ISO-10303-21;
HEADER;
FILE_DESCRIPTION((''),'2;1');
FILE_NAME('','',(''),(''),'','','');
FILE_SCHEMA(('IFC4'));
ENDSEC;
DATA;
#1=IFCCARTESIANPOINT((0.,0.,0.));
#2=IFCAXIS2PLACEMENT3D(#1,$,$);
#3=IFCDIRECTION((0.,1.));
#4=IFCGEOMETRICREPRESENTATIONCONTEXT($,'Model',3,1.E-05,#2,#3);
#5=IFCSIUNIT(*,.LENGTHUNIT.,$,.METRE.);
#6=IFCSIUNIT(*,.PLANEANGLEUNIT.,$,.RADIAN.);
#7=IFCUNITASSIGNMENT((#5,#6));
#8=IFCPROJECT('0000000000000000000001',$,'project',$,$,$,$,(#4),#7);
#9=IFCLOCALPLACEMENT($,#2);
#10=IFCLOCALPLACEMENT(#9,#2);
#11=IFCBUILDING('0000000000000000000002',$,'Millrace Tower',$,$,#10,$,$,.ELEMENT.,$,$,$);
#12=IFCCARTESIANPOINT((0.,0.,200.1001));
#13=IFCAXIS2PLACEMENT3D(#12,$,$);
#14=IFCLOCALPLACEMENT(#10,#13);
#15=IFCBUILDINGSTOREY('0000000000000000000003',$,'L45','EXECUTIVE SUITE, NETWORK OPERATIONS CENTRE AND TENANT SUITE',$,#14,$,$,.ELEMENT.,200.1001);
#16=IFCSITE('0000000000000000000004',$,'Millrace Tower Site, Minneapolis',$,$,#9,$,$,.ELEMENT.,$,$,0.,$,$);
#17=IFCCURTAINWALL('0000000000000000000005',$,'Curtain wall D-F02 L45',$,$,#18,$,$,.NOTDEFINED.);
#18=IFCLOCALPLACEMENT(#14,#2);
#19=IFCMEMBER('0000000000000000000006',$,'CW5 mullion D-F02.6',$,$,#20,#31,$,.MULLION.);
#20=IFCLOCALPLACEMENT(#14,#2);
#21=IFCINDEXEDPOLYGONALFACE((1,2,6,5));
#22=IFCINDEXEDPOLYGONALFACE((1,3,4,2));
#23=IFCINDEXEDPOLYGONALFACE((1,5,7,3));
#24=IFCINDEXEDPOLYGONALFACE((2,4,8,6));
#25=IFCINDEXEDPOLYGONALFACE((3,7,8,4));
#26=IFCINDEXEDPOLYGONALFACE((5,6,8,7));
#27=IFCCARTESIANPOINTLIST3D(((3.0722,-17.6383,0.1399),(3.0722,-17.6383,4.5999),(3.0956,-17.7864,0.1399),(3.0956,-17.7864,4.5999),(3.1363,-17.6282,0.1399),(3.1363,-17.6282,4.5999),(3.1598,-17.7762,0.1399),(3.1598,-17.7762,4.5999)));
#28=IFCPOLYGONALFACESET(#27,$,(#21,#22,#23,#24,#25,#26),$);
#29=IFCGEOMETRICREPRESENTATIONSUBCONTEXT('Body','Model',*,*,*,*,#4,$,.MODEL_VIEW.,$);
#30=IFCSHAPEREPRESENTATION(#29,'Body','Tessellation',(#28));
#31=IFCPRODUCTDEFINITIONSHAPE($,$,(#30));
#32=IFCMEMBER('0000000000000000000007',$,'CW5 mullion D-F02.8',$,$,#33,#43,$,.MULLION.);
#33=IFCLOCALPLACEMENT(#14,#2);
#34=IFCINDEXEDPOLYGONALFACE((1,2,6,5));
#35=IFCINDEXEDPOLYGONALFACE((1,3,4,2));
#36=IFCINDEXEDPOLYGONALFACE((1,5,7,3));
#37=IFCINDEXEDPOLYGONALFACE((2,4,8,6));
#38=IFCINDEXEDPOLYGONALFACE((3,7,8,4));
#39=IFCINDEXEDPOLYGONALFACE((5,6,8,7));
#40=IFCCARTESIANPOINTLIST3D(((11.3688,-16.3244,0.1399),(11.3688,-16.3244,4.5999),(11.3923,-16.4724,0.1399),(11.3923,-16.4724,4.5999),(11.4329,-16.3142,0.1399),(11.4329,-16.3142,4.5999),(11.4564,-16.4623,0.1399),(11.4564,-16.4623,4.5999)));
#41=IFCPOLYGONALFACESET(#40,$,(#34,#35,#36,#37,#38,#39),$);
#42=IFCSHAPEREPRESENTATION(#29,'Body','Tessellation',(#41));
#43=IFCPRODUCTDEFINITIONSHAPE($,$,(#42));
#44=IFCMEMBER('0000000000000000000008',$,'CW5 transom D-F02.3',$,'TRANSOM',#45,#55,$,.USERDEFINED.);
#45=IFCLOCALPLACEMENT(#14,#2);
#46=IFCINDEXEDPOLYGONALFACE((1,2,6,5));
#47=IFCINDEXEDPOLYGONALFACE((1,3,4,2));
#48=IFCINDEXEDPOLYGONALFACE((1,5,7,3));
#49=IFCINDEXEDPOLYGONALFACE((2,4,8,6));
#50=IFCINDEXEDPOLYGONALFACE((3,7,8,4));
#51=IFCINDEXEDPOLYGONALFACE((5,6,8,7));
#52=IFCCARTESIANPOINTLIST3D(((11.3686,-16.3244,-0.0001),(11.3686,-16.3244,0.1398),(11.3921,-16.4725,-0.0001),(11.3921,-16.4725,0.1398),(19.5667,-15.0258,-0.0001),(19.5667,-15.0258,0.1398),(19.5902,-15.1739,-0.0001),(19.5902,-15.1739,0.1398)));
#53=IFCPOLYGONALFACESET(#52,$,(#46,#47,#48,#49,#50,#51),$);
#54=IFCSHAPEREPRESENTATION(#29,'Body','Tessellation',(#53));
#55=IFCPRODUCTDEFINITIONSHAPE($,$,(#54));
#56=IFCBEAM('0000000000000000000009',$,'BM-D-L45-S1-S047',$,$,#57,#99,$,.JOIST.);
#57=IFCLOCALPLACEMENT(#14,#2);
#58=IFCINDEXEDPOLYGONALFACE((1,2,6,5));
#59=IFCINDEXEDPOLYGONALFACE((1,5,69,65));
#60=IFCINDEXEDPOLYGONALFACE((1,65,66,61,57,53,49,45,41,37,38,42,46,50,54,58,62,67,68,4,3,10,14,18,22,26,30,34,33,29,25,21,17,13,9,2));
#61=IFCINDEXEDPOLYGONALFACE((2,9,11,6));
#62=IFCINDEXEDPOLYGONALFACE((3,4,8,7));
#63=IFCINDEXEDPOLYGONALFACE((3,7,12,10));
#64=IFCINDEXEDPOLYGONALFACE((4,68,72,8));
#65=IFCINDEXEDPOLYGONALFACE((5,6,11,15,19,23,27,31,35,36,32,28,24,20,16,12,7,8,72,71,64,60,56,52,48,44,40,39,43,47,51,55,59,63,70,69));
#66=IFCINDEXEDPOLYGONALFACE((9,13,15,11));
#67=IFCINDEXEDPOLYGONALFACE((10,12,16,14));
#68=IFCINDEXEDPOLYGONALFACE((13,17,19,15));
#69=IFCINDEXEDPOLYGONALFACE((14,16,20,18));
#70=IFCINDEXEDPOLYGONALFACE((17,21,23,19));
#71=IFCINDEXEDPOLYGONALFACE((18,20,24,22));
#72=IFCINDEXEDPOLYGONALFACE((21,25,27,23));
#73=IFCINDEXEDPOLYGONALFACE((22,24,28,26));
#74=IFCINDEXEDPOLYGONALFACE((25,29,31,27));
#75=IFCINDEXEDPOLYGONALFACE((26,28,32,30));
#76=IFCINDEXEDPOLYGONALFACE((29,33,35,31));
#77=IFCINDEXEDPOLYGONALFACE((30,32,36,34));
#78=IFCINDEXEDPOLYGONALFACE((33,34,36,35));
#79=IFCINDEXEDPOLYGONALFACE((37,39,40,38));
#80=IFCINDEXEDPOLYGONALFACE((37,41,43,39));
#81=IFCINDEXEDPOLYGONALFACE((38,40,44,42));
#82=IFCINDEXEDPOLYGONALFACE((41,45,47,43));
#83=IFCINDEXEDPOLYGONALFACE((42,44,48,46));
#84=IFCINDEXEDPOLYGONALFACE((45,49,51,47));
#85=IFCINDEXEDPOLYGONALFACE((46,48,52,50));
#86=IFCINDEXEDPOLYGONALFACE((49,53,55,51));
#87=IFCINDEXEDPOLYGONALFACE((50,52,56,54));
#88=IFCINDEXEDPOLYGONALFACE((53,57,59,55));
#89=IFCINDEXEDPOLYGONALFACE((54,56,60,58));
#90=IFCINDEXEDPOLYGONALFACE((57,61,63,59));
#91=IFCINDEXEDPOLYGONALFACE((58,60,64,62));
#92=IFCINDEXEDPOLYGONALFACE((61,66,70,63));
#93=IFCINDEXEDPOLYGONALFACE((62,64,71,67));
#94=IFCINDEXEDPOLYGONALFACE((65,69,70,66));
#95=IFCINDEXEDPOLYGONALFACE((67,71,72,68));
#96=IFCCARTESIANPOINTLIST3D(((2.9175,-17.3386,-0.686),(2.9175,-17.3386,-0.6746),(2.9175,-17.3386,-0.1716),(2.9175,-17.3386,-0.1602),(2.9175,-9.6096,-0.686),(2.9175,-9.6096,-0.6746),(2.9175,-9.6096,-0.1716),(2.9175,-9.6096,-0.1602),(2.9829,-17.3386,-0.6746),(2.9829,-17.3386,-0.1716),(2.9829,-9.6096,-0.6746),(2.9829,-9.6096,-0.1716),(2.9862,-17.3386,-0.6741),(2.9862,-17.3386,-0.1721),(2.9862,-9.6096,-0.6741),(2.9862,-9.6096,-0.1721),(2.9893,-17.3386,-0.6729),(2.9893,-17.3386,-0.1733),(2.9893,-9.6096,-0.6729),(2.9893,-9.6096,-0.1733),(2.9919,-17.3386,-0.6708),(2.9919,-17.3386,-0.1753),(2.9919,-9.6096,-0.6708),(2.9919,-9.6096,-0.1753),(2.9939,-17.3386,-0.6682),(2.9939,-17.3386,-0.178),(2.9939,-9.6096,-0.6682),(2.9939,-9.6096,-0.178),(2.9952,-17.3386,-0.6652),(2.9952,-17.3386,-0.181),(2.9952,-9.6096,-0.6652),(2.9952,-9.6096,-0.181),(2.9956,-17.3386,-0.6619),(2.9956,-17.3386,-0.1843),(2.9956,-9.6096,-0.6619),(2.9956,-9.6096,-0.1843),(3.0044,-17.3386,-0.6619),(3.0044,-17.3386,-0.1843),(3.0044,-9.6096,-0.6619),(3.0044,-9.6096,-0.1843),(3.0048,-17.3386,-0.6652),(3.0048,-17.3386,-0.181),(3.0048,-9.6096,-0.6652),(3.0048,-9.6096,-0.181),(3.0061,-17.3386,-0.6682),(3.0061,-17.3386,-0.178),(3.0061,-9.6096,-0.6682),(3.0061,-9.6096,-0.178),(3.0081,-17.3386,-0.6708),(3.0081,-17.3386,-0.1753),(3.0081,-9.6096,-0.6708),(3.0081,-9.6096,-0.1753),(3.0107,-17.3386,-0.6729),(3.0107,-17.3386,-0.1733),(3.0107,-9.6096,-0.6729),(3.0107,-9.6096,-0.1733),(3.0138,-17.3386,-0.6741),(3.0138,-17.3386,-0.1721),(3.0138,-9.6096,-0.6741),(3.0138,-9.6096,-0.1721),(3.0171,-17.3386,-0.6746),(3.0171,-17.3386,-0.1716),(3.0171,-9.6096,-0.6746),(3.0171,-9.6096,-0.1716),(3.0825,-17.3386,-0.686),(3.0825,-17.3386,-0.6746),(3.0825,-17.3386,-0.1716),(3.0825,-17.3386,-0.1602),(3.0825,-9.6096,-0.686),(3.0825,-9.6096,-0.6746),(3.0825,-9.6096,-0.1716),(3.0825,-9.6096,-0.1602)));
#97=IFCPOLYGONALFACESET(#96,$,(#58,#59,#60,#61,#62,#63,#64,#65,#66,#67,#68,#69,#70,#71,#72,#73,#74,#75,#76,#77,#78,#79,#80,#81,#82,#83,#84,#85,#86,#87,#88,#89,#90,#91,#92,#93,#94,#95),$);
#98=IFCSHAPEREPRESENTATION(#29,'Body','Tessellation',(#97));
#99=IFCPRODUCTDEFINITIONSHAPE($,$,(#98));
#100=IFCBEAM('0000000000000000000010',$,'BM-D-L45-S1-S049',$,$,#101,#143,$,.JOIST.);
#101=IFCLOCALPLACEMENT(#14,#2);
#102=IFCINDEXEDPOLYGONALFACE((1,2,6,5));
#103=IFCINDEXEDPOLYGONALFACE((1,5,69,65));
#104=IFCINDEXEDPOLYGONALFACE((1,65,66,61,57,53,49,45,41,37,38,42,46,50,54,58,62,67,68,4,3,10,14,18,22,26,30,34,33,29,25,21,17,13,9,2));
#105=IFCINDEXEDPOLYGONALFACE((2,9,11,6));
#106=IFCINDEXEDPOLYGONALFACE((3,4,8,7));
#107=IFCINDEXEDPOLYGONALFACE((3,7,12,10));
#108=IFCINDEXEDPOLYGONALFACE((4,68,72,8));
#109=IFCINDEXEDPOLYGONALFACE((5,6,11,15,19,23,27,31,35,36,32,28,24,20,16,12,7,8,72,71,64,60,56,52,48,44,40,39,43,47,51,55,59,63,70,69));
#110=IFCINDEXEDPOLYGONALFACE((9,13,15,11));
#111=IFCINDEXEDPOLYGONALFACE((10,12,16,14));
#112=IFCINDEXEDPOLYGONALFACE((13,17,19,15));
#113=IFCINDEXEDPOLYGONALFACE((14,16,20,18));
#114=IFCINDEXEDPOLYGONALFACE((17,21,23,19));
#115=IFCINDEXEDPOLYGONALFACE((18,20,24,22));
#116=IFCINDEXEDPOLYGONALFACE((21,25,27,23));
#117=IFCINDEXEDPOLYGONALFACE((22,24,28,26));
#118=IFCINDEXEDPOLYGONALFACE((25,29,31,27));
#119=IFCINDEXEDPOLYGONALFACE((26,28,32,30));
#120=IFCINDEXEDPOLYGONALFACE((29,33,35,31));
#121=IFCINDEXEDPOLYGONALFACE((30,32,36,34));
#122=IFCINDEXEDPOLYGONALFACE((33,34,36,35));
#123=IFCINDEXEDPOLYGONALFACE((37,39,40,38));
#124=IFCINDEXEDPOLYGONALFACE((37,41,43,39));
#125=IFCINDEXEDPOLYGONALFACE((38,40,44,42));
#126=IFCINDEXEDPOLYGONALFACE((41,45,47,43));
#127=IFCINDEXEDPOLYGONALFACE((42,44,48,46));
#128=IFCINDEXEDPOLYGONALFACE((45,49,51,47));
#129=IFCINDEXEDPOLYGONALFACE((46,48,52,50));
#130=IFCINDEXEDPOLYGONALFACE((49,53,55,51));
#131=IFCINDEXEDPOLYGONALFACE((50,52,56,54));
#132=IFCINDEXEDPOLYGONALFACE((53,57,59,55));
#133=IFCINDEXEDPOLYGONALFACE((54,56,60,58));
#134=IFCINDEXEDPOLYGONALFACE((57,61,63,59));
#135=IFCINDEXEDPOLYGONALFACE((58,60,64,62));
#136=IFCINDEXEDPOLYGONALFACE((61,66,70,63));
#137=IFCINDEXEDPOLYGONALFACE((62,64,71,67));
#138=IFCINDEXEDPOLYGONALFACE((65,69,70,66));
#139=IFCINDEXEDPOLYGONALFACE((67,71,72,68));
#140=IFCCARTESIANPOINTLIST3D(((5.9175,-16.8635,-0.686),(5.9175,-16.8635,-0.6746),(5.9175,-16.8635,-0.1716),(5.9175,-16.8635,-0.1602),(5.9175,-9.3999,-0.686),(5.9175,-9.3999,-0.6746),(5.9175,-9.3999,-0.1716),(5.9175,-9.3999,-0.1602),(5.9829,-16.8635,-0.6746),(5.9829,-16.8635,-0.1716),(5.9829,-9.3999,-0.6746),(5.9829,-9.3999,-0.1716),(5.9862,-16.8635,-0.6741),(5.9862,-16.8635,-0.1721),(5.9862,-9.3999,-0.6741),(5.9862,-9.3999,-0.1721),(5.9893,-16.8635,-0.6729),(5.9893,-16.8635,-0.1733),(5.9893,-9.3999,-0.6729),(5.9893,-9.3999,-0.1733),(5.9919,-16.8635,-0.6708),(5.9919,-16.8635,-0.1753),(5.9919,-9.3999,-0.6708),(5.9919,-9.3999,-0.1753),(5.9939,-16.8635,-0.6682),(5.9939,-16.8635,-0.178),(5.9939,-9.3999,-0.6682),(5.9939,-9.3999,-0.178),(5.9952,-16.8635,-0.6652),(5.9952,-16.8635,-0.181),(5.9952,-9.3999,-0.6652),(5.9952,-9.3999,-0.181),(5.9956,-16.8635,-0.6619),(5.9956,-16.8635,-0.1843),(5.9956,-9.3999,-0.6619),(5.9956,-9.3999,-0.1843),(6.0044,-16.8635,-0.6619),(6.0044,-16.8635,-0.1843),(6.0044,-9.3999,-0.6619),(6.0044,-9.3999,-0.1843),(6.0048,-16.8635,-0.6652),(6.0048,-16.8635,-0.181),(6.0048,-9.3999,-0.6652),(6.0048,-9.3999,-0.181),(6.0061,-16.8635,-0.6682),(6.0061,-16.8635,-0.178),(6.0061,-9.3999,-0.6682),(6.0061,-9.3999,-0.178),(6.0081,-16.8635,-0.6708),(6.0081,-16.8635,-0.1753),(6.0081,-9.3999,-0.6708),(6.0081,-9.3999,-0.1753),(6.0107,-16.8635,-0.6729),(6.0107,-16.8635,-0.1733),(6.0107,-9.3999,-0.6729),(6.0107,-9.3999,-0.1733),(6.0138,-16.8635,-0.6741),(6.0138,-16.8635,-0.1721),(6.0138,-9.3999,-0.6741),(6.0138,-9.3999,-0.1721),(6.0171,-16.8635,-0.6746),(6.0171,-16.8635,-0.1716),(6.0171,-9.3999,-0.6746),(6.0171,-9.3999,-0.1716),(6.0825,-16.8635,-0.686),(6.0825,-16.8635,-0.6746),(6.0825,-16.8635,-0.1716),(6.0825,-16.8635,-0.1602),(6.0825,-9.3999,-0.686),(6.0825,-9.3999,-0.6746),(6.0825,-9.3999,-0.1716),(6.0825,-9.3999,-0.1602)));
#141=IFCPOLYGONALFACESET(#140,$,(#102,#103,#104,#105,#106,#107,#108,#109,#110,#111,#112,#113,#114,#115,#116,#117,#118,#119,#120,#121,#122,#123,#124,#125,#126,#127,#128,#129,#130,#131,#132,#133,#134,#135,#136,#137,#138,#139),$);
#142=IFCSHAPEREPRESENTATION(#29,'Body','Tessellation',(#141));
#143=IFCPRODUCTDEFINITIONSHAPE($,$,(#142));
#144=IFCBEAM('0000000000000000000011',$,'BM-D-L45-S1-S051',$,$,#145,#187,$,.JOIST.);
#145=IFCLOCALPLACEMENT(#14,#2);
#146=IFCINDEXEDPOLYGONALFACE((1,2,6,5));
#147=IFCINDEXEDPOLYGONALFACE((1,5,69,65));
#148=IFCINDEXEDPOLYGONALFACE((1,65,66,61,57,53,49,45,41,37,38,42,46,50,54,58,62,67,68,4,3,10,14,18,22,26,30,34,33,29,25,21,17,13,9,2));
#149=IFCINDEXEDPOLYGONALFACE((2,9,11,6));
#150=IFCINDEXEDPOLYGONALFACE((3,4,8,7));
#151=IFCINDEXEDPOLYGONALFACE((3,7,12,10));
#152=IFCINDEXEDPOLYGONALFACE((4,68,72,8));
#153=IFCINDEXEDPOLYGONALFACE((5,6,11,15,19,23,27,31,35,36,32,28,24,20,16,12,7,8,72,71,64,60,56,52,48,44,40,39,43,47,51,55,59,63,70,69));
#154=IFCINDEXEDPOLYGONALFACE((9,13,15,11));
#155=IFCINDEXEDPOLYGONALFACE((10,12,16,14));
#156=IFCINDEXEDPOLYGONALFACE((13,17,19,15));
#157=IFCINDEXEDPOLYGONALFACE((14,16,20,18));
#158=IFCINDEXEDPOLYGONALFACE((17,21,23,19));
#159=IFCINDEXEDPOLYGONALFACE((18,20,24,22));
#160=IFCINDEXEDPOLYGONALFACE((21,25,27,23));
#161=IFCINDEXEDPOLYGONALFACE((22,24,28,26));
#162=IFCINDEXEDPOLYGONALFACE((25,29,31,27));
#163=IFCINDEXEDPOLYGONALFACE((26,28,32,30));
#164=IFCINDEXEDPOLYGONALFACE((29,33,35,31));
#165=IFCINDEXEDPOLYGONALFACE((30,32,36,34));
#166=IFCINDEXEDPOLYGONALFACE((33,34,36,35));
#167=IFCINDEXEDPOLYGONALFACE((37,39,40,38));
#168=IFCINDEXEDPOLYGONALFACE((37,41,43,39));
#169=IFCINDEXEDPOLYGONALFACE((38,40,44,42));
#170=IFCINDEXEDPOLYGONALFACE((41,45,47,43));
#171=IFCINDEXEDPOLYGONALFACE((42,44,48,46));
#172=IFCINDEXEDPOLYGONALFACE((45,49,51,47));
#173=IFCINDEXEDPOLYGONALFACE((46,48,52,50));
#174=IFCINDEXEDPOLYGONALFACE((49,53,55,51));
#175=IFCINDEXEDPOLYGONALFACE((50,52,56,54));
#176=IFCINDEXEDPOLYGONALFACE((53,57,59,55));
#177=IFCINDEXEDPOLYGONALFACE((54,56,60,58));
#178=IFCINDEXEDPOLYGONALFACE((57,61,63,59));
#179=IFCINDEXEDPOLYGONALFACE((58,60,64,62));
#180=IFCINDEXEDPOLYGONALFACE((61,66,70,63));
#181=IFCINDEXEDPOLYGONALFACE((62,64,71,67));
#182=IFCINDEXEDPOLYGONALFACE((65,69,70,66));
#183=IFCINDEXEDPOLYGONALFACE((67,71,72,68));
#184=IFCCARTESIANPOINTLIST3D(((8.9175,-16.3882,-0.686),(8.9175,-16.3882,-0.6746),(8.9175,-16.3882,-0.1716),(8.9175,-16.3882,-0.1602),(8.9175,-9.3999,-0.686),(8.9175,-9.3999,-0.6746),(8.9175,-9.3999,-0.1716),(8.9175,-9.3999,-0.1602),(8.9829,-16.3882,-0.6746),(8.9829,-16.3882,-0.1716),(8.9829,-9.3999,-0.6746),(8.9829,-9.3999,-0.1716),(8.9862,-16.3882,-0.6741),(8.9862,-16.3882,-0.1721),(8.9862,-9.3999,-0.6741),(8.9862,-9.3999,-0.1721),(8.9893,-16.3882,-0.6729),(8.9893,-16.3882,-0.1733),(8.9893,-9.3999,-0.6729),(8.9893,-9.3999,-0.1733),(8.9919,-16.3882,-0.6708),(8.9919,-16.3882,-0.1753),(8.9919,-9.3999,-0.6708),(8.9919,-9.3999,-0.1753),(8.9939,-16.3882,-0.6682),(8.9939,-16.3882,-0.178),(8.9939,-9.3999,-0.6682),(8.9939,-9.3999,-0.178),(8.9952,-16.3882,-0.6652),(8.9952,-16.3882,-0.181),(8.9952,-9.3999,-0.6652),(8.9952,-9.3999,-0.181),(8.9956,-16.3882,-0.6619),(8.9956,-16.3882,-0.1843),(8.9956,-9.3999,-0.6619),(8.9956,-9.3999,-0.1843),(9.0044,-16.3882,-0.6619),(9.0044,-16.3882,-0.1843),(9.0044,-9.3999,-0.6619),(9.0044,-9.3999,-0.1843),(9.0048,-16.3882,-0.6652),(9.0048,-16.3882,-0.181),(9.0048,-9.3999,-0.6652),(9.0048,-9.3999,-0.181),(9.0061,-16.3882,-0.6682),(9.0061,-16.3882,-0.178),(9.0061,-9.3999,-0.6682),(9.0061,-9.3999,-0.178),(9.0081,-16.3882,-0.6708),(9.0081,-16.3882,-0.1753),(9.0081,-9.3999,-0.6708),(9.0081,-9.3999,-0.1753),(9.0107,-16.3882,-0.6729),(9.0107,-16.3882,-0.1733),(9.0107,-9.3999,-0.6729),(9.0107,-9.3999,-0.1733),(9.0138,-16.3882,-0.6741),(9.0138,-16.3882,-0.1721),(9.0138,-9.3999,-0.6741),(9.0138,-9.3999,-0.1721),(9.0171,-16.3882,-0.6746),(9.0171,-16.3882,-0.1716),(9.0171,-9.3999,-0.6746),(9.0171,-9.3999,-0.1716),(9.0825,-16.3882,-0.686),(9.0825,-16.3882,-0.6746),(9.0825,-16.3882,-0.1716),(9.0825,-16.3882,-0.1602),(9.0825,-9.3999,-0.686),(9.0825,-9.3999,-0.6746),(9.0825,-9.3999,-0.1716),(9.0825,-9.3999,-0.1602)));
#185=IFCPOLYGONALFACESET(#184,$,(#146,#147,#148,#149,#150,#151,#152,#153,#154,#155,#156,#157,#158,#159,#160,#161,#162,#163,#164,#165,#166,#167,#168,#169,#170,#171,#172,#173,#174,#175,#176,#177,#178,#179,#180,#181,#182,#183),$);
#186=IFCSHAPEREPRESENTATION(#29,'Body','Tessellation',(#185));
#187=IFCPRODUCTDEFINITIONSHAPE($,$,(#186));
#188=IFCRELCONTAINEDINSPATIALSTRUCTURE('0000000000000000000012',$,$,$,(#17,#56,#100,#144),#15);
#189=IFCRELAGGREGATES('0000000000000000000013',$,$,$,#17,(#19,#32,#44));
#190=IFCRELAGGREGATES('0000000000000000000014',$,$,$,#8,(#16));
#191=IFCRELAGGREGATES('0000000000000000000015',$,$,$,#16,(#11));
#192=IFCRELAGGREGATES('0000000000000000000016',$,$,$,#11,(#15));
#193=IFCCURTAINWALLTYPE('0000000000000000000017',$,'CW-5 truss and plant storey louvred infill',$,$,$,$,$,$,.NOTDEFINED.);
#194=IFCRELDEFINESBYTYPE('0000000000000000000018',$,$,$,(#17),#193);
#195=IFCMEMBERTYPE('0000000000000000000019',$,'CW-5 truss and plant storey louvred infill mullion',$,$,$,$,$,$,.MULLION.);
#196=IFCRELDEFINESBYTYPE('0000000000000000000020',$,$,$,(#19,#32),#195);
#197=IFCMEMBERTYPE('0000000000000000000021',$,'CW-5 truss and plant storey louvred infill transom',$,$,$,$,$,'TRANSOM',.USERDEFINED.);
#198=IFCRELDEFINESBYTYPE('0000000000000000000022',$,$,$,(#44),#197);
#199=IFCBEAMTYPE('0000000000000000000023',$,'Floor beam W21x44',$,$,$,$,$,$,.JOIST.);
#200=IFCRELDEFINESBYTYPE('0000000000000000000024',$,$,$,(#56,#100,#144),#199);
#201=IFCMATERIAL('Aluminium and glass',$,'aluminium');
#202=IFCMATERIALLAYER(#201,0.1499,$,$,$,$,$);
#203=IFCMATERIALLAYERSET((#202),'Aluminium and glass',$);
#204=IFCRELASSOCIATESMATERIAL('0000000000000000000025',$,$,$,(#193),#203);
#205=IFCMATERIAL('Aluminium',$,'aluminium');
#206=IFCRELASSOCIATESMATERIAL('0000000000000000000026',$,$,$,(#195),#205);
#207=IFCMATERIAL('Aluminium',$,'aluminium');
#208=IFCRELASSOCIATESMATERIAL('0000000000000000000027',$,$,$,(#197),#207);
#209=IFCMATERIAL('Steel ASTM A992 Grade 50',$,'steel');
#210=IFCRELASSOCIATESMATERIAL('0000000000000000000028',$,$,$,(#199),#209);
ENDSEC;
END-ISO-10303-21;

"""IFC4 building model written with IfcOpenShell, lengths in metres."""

from ifc_helpers import new_model, si_unit, direction, frame, origin, origin_2d, place, context, subcontext, project, spatial, rectangle, i_section, extrude, material, layer, layer_set, material_profile, profile_set, type_object, element, aggregate, save


model = new_model("IFC4")

# Units and contexts
model_context = context("Model", 3, precision=1e-05, world=origin(), true_north=direction((0.0, 1.0)))
body_context = subcontext(model_context, "Body", "Model", "MODEL_VIEW")
ifc_project = project(units=[si_unit("LENGTHUNIT", "METRE"), si_unit("PLANEANGLEUNIT", "RADIAN")], contexts=[model_context])

# Site, building, storey
site_placement = place(None, origin())
site = spatial("IfcSite", under=ifc_project, at=site_placement, Name="Millrace Tower Site, Minneapolis", CompositionType="ELEMENT", RefElevation=0.0)
building_placement = place(site_placement, origin())
building = spatial("IfcBuilding", under=site, at=building_placement, Name="Millrace Tower", CompositionType="ELEMENT")
storey_placement = place(building_placement, frame((0.0, 0.0, 200.1001)))
storey = spatial("IfcBuildingStorey", under=building, at=storey_placement, Name="L45", Description="EXECUTIVE SUITE, NETWORK OPERATIONS CENTRE AND TENANT SUITE", CompositionType="ELEMENT", Elevation=200.1001)

# Curtain wall, members
ifc_material_1 = material(Name="Aluminium and glass", Category="aluminium")
ifc_layer_1 = layer(ifc_material_1, 0.1499)
ifc_layer_set_1 = layer_set([ifc_layer_1], Name="Aluminium and glass")
curtain_wall_type = type_object("IfcCurtainWallType", Name="CW-5 truss and plant storey louvred infill", PredefinedType="NOTDEFINED", material=ifc_layer_set_1)
placement = place(storey_placement, origin())
curtain_wall = element("IfcCurtainWall", 1, at=placement, inside=storey, type_object=curtain_wall_type, Name="Curtain wall D-F02 L45", PredefinedType="NOTDEFINED")
ifc_material_2 = material(Name="Aluminium", Category="aluminium")
ifc_material_profile_1 = material_profile(ifc_material_2, rectangle(XDim=0.0649, YDim=0.1499, at=origin_2d()))
ifc_profile_set_1 = profile_set([ifc_material_profile_1], Name="Aluminium")
member_type_1 = type_object("IfcMemberType", Name="CW-5 truss and plant storey louvred infill mullion", PredefinedType="MULLION", material=ifc_profile_set_1)
member_1_placement = place(storey_placement, frame((3.116, -17.7073, 0.1399), z_axis=(0.0, 0.0, 1.0), x_axis=(0.987688, 0.156434, 0.0)))
member_1 = element("IfcMember", 2, at=member_1_placement, type_object=member_type_1, Name="CW5 mullion D-F02.6", PredefinedType="MULLION", context=body_context, shape_type="SweptSolid", body=[
    extrude(rectangle(XDim=0.0649, YDim=0.1499, at=origin_2d()), origin(), (0.0, 0.0, 1.0), 4.46),
])
member_2_placement = place(storey_placement, frame((11.4126, -16.3933, 0.1399), z_axis=(0.0, 0.0, 1.0), x_axis=(0.987688, 0.156434, 0.0)))
member_2 = element("IfcMember", 3, at=member_2_placement, type_object=member_type_1, Name="CW5 mullion D-F02.8", PredefinedType="MULLION", context=body_context, shape_type="SweptSolid", body=[
    extrude(rectangle(XDim=0.0649, YDim=0.1499, at=origin_2d()), origin(), (0.0, 0.0, 1.0), 4.46),
])
ifc_material_3 = material(Name="Aluminium", Category="aluminium")
ifc_material_profile_2 = material_profile(ifc_material_3, rectangle(XDim=0.1499, YDim=0.1399, at=origin_2d()))
ifc_profile_set_2 = profile_set([ifc_material_profile_2], Name="Aluminium")
member_type_2 = type_object("IfcMemberType", Name="CW-5 truss and plant storey louvred infill transom", ElementType="TRANSOM", PredefinedType="USERDEFINED", material=ifc_profile_set_2)
member_3_placement = place(storey_placement, frame((11.3804, -16.3984, 0.0698), z_axis=(0.987686, 0.156452, 0.0), x_axis=(-0.156452, 0.987686, 0.0)))
member_3 = element("IfcMember", 4, at=member_3_placement, type_object=member_type_2, Name="CW5 transom D-F02.3", ObjectType="TRANSOM", PredefinedType="USERDEFINED", context=body_context, shape_type="SweptSolid", body=[
    extrude(rectangle(XDim=0.1499, YDim=0.1399, at=origin_2d()), origin(), (0.0, 0.0, 1.0), 8.3003),
])
aggregate(curtain_wall, [member_1, member_2, member_3])

# Beams
ifc_material_4 = material(Name="Steel ASTM A992 Grade 50", Category="steel")
ifc_material_profile_3 = material_profile(ifc_material_4, i_section(OverallWidth=0.165, OverallDepth=0.5259, WebThickness=0.0088, FlangeThickness=0.0115, FilletRadius=0.0127, at=origin_2d()))
ifc_profile_set_3 = profile_set([ifc_material_profile_3], Name="Steel ASTM A992 Grade 50")
beam_type_1 = type_object("IfcBeamType", Name="Floor beam W21x44", PredefinedType="JOIST", material=ifc_profile_set_3)
beam_1_placement = place(storey_placement, frame((3.0, -17.3386, -0.4231), z_axis=(0.0, 1.0, 0.0), x_axis=(-1.0, 0.0, 0.0)))
element("IfcBeam", 5, at=beam_1_placement, inside=storey, type_object=beam_type_1, Name="BM-D-L45-S1-S047", PredefinedType="JOIST", context=body_context, shape_type="SweptSolid", body=[
    extrude(i_section(OverallWidth=0.165, OverallDepth=0.5259, WebThickness=0.0088, FlangeThickness=0.0115, FilletRadius=0.0127, at=origin_2d()), origin(), (0.0, 0.0, 1.0), 7.729),
])
beam_2_placement = place(storey_placement, frame((6.0, -16.8635, -0.4231), z_axis=(0.0, 1.0, 0.0), x_axis=(-1.0, 0.0, 0.0)))
element("IfcBeam", 6, at=beam_2_placement, inside=storey, type_object=beam_type_1, Name="BM-D-L45-S1-S049", PredefinedType="JOIST", context=body_context, shape_type="SweptSolid", body=[
    extrude(i_section(OverallWidth=0.165, OverallDepth=0.5259, WebThickness=0.0088, FlangeThickness=0.0115, FilletRadius=0.0127, at=origin_2d()), origin(), (0.0, 0.0, 1.0), 7.4636),
])
beam_3_placement = place(storey_placement, frame((9.0, -16.3882, -0.4231), z_axis=(0.0, 1.0, 0.0), x_axis=(-1.0, 0.0, 0.0)))
element("IfcBeam", 7, at=beam_3_placement, inside=storey, type_object=beam_type_1, Name="BM-D-L45-S1-S051", PredefinedType="JOIST", context=body_context, shape_type="SweptSolid", body=[
    extrude(i_section(OverallWidth=0.165, OverallDepth=0.5259, WebThickness=0.0088, FlangeThickness=0.0115, FilletRadius=0.0127, at=origin_2d()), origin(), (0.0, 0.0, 1.0), 6.9883),
])

save(model, "model.ifc")
